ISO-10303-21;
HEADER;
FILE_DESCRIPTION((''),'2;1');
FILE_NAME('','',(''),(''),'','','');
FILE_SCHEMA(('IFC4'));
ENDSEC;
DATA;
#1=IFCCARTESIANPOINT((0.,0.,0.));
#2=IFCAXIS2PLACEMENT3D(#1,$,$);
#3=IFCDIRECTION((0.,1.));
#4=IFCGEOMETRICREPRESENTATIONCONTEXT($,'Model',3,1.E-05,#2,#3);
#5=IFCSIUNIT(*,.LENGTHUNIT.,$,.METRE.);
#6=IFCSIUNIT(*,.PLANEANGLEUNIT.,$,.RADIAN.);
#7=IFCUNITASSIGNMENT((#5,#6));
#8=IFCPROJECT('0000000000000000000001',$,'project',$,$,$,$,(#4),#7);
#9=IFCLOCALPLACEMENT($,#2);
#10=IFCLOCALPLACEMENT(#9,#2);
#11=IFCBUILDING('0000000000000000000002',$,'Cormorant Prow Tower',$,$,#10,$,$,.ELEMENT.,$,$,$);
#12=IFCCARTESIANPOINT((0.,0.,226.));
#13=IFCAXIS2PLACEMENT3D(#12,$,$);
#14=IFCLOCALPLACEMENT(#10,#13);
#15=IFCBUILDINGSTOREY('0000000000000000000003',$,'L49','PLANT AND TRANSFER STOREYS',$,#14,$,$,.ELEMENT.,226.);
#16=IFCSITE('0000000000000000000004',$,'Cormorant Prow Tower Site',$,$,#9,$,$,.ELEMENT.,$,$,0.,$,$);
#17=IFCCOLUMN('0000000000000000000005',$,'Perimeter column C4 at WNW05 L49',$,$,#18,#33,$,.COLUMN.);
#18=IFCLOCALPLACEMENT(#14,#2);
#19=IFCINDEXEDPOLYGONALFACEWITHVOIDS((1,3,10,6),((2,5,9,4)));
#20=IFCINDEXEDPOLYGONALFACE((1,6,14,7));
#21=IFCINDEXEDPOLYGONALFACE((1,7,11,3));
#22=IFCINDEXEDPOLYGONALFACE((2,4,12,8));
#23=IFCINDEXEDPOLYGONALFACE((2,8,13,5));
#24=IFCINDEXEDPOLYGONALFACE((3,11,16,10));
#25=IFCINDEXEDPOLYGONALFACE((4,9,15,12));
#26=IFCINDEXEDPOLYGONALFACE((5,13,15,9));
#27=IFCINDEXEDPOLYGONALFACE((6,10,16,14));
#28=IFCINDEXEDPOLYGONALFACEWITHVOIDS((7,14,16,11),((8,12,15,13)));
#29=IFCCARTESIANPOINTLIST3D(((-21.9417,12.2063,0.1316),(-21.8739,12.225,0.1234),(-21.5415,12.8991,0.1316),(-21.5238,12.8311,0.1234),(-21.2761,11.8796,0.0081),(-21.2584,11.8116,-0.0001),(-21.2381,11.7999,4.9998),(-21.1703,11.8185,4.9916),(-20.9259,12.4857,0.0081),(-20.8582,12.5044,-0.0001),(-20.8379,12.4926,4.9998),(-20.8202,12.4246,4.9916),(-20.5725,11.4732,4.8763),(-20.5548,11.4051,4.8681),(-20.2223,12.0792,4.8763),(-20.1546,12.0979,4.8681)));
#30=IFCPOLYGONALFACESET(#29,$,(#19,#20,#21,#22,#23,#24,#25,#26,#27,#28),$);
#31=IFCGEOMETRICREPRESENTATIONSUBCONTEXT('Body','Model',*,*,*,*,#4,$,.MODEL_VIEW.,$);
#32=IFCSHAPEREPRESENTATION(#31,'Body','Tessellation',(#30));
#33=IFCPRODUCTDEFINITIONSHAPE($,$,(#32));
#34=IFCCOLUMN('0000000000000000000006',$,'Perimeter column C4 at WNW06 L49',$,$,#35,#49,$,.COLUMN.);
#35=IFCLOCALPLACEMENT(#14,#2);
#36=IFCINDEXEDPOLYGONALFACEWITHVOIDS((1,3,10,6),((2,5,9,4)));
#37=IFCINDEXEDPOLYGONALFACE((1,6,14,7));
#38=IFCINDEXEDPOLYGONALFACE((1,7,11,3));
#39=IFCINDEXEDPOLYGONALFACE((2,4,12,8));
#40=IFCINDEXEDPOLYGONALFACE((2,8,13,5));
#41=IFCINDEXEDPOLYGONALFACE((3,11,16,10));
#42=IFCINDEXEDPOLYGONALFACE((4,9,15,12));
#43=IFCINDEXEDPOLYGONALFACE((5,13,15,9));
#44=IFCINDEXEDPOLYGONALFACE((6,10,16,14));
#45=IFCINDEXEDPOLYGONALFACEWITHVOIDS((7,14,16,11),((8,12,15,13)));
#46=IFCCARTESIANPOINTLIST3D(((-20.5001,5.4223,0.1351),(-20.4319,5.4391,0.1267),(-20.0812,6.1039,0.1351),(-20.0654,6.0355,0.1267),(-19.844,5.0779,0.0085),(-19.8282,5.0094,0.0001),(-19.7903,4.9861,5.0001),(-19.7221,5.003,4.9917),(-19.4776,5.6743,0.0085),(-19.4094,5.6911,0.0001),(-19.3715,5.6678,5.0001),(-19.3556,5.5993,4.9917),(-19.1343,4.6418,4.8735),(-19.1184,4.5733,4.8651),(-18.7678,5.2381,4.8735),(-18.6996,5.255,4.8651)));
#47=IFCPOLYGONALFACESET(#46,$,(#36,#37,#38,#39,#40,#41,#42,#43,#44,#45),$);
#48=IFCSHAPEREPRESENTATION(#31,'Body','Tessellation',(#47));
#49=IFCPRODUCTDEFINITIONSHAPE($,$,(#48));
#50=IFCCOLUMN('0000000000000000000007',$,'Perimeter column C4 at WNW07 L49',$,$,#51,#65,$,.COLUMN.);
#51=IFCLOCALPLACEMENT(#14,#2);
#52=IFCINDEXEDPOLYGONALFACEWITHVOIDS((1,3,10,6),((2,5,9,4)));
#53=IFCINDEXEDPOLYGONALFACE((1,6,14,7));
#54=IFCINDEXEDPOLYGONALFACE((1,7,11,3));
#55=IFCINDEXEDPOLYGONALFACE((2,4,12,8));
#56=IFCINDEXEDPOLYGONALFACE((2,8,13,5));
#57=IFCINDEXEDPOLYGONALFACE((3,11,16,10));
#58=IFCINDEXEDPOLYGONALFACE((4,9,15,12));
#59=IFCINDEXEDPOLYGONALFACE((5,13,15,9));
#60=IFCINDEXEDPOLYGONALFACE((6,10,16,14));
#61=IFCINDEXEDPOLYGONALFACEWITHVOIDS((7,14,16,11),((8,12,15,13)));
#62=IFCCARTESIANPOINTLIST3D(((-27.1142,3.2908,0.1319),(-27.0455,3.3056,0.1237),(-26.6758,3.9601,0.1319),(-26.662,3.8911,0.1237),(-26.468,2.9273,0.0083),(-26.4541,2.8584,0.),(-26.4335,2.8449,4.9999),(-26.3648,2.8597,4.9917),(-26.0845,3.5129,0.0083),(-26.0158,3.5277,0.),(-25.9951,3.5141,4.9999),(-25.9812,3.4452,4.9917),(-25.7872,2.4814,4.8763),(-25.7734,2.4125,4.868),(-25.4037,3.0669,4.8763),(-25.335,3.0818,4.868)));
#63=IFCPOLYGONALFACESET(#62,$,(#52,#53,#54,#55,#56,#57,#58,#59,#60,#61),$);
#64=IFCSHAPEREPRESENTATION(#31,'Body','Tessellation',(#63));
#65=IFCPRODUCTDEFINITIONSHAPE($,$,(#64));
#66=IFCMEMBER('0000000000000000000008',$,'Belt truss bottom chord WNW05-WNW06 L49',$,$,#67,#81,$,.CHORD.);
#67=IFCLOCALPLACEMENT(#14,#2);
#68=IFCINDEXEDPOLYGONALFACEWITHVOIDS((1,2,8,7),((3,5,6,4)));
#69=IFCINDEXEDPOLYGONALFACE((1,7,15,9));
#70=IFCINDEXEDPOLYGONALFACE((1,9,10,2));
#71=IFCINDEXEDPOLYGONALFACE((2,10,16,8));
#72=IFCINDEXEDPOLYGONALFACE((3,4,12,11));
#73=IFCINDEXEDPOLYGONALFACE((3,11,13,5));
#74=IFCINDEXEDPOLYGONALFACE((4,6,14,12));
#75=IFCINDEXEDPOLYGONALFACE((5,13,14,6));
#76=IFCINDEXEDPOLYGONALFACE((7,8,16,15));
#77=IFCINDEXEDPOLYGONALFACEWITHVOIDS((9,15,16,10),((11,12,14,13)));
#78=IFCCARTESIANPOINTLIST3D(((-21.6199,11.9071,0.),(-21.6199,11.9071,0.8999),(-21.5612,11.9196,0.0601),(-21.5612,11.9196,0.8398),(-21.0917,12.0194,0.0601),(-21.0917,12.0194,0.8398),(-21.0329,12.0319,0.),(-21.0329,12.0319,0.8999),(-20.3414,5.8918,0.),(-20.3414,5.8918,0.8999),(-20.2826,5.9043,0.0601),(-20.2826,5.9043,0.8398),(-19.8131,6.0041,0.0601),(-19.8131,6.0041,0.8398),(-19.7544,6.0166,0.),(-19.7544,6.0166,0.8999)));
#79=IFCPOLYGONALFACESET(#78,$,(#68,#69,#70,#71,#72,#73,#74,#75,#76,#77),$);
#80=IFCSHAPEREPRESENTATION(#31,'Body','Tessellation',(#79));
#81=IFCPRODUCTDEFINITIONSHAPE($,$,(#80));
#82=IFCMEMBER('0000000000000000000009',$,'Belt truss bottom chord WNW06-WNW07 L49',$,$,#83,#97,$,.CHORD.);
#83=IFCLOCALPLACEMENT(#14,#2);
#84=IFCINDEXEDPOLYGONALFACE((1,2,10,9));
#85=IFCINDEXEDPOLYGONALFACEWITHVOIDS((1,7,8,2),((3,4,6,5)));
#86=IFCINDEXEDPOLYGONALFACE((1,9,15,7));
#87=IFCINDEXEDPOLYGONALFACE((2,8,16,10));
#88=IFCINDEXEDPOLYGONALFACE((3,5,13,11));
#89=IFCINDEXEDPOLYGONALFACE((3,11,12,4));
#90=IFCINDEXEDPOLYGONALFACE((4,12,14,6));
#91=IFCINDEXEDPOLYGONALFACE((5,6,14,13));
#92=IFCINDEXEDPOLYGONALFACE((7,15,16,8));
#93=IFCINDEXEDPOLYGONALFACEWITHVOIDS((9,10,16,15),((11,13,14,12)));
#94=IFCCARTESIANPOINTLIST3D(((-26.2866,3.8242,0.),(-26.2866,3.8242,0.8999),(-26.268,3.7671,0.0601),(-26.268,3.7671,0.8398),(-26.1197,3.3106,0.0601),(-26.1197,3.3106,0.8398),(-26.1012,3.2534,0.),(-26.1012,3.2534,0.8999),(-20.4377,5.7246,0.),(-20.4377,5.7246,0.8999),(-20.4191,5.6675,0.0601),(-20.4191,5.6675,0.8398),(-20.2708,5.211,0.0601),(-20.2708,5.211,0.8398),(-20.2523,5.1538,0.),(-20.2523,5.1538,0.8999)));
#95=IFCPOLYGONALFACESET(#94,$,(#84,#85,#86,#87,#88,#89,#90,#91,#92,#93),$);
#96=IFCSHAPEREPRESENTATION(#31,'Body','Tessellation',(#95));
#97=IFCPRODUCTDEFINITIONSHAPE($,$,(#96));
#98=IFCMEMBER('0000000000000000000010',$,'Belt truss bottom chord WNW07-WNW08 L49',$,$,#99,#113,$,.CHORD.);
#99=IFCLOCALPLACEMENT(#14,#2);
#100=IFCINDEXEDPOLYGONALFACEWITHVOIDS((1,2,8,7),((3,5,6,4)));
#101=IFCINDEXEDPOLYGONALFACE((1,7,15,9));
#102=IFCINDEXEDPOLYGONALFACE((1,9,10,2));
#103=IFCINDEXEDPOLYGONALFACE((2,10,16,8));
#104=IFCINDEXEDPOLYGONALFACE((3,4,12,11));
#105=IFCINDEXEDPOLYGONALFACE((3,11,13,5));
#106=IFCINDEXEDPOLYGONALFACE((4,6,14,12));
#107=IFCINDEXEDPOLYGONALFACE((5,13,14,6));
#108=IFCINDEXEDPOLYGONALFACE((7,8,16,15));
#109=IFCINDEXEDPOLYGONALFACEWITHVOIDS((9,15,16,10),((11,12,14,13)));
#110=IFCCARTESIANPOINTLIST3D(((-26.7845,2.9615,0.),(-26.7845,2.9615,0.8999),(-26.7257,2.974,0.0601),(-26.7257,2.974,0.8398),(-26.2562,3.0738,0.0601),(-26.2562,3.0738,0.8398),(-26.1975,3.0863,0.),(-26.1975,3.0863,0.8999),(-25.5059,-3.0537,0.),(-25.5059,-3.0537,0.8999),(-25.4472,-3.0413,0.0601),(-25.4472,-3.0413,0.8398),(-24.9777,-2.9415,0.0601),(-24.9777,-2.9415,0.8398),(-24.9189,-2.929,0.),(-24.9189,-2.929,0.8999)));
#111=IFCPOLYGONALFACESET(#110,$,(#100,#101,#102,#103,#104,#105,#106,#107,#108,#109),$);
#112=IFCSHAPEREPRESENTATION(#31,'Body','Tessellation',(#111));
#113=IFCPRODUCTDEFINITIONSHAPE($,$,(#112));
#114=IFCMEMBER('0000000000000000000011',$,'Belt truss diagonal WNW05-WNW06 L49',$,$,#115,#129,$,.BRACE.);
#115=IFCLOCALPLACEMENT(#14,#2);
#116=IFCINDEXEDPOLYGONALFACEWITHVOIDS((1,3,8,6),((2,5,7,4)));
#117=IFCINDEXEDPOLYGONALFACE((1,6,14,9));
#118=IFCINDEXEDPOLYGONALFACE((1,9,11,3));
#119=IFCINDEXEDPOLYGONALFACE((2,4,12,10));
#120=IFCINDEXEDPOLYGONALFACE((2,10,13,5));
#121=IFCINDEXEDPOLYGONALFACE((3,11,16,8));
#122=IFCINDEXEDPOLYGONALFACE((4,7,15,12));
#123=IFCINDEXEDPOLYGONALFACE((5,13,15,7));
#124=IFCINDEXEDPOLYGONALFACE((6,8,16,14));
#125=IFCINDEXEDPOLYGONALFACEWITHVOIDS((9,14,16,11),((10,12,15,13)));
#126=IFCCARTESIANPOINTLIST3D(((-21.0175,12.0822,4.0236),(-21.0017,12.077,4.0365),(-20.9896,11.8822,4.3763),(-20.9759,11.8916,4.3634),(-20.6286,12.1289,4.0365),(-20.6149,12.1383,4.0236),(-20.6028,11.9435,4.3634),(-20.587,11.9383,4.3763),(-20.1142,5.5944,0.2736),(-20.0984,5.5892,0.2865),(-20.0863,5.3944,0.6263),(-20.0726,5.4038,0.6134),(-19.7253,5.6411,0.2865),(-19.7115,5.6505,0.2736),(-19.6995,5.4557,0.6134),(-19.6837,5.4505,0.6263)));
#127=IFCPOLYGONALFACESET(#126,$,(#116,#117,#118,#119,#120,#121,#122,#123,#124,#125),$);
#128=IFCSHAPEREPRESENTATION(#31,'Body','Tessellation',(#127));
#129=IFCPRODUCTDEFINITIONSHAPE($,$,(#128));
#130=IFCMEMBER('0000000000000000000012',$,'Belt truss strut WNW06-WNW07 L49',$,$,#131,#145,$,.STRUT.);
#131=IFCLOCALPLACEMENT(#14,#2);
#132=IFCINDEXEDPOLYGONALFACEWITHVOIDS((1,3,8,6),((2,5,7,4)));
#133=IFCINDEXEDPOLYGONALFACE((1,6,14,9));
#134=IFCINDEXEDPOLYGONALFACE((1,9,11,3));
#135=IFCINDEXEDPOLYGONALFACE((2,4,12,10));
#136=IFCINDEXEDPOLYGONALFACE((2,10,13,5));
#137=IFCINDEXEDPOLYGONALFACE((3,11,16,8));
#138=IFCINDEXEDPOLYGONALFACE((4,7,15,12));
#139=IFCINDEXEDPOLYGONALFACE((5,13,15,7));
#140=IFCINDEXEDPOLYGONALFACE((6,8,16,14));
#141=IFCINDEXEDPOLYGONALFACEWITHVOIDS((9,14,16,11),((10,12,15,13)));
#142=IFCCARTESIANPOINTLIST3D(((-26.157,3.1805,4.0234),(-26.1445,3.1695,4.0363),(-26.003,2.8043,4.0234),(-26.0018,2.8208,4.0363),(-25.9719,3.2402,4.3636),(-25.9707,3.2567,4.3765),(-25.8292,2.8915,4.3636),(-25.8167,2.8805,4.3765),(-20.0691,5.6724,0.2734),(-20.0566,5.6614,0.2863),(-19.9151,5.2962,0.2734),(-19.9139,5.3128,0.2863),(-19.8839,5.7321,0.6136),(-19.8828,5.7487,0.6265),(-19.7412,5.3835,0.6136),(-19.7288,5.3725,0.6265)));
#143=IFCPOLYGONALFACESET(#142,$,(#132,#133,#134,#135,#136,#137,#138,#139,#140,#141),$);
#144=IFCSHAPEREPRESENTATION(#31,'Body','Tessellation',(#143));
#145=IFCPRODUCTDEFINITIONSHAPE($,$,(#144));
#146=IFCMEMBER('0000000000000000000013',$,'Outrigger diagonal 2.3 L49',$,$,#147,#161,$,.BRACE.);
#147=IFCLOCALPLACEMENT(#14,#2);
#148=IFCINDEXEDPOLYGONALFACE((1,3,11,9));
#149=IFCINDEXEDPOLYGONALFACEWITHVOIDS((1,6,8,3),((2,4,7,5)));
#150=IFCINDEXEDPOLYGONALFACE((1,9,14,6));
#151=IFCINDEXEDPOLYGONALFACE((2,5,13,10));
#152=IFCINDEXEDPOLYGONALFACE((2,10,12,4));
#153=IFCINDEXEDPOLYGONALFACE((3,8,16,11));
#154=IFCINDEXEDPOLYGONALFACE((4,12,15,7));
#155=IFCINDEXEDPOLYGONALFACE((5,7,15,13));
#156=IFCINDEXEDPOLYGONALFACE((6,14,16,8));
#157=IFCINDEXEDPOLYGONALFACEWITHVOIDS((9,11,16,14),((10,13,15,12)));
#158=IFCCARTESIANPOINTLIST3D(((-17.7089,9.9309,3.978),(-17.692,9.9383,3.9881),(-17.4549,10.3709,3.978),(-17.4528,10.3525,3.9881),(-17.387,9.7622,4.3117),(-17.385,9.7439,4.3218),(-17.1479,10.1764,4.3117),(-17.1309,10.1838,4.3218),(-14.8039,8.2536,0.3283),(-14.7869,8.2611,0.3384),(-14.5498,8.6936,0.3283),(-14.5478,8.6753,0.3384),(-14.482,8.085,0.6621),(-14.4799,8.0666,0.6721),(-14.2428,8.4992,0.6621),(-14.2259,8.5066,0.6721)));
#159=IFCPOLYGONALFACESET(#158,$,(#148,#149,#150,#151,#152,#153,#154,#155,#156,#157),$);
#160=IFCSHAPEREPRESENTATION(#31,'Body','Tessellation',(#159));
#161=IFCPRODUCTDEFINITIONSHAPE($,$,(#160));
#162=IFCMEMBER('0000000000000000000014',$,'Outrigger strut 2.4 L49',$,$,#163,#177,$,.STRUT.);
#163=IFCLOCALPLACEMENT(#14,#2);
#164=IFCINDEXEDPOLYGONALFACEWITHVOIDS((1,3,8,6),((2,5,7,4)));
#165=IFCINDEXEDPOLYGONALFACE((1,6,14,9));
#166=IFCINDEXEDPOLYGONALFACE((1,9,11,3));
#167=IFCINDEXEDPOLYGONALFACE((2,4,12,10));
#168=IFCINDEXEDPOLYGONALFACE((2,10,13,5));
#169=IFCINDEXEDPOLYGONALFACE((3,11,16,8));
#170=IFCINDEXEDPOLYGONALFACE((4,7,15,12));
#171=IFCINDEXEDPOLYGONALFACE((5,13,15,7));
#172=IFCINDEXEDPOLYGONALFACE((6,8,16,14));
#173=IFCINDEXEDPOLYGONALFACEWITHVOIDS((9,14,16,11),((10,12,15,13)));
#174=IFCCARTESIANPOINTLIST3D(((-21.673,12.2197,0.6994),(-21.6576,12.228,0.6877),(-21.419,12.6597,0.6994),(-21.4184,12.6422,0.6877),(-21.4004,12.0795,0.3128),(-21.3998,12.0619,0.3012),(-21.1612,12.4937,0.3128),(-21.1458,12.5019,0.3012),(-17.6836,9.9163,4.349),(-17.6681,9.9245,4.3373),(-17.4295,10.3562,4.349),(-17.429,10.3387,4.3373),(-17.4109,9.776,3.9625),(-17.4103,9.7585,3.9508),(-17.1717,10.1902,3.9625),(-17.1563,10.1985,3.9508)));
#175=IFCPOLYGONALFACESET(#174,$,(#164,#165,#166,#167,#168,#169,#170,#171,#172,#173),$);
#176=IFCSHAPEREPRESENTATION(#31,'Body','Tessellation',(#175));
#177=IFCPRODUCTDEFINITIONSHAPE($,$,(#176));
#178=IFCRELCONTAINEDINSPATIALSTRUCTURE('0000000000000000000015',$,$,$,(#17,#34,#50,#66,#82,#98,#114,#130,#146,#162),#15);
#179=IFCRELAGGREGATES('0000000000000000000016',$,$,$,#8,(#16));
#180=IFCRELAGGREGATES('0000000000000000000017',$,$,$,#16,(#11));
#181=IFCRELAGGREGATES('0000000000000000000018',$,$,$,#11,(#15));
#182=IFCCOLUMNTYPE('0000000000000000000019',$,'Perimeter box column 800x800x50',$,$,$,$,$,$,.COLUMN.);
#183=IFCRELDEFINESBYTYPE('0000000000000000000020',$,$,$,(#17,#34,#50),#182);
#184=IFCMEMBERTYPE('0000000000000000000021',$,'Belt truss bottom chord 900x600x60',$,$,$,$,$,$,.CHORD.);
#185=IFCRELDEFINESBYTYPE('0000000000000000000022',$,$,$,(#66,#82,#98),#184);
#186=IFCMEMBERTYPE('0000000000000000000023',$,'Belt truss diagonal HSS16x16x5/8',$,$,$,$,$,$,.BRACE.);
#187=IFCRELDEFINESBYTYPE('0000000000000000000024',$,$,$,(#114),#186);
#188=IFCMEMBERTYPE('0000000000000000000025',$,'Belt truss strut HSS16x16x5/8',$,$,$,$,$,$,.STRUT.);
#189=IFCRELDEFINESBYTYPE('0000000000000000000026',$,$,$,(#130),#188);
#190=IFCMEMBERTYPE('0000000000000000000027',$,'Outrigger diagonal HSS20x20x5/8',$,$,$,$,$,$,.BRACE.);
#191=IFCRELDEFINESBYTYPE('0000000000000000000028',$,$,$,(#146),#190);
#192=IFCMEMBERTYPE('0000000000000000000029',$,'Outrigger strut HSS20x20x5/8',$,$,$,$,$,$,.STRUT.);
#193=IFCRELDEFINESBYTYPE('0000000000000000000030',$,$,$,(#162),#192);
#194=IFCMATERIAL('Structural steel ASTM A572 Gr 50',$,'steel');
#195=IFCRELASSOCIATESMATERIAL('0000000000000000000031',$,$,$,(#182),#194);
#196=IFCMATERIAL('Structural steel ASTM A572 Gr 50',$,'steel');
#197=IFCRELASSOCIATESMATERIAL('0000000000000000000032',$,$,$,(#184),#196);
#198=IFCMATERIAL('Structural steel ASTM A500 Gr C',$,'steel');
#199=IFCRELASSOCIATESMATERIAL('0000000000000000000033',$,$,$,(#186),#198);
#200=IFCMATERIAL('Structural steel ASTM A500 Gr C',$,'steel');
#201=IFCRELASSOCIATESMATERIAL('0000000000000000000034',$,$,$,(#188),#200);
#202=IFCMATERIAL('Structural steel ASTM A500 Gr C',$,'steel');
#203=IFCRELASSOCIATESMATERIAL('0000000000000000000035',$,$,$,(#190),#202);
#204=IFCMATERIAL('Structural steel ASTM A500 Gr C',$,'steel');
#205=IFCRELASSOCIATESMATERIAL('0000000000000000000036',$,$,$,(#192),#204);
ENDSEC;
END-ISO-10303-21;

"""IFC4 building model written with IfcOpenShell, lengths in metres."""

from ifc_helpers import new_model, si_unit, direction, frame, origin, origin_2d, place, context, subcontext, project, spatial, hollow_rectangle, extrude, material, material_profile, profile_set, type_object, element, save


model = new_model("IFC4")

# Units and contexts
model_context = context("Model", 3, precision=1e-05, world=origin(), true_north=direction((0.0, 1.0)))
body_context = subcontext(model_context, "Body", "Model", "MODEL_VIEW")
ifc_project = project(units=[si_unit("LENGTHUNIT", "METRE"), si_unit("PLANEANGLEUNIT", "RADIAN")], contexts=[model_context])

# Site, building, storey
site_placement = place(None, origin())
site = spatial("IfcSite", under=ifc_project, at=site_placement, Name="Cormorant Prow Tower Site", CompositionType="ELEMENT", RefElevation=0.0)
building_placement = place(site_placement, origin())
building = spatial("IfcBuilding", under=site, at=building_placement, Name="Cormorant Prow Tower", CompositionType="ELEMENT")
storey_placement = place(building_placement, frame((0.0, 0.0, 226.0)))
storey = spatial("IfcBuildingStorey", under=building, at=storey_placement, Name="L49", Description="PLANT AND TRANSFER STOREYS", CompositionType="ELEMENT", Elevation=226.0)

# Columns
ifc_material_1 = material(Name="Structural steel ASTM A572 Gr 50", Category="steel")
ifc_material_profile_1 = material_profile(ifc_material_1, hollow_rectangle(XDim=0.8, YDim=0.8, WallThickness=0.05, at=origin_2d()), Name="Box 800x800x50")
ifc_profile_set_1 = profile_set([ifc_material_profile_1], Name="Structural steel ASTM A572 Gr 50")
column_type = type_object("IfcColumnType", Name="Perimeter box column 800x800x50", PredefinedType="COLUMN", material=ifc_profile_set_1)
column_1_placement = place(storey_placement, frame((-21.4094, 12.3608, 0.0), z_axis=(0.142559, -0.082357, 0.986354), x_axis=(0.500229, 0.865893, 0.0)))
element("IfcColumn", 1, at=column_1_placement, inside=storey, type_object=column_type, Name="Perimeter column C4 at WNW05 L49", PredefinedType="COLUMN", context=body_context, shape_type="SweptSolid", body=[
    extrude(hollow_rectangle(XDim=0.8, YDim=0.8, WallThickness=0.05, at=origin_2d()), frame((0.0, 0.0, 0.0667)), (0.0, 0.0, 1.0), 4.9355),
])
column_2_placement = place(storey_placement, frame((-19.9646, 5.5627, 0.0), z_axis=(0.143805, -0.088362, 0.985653), x_axis=(0.523525, 0.852011, 0.0)))
element("IfcColumn", 2, at=column_2_placement, inside=storey, type_object=column_type, Name="Perimeter column C4 at WNW06 L49", PredefinedType="COLUMN", context=body_context, shape_type="SweptSolid", body=[
    extrude(hollow_rectangle(XDim=0.8, YDim=0.8, WallThickness=0.05, at=origin_2d()), frame((0.0, 0.0, 0.0686)), (0.0, 0.0, 1.0), 4.9358),
])
column_3_placement = place(storey_placement, frame((-26.5742, 3.4153, 0.0), z_axis=(0.13793, -0.090348, 0.986313), x_axis=(0.547942, 0.836517, 0.0)))
element("IfcColumn", 3, at=column_3_placement, inside=storey, type_object=column_type, Name="Perimeter column C4 at WNW07 L49", PredefinedType="COLUMN", context=body_context, shape_type="SweptSolid", body=[
    extrude(hollow_rectangle(XDim=0.8, YDim=0.8, WallThickness=0.05, at=origin_2d()), frame((0.0, 0.0, 0.0669)), (0.0, 0.0, 1.0), 4.9355),
])

# Members
ifc_material_2 = material(Name="Structural steel ASTM A572 Gr 50", Category="steel")
ifc_material_profile_2 = material_profile(ifc_material_2, hollow_rectangle(XDim=0.6001, YDim=0.8999, WallThickness=0.0601, at=origin_2d()), Name="Box 900x600x60")
ifc_profile_set_2 = profile_set([ifc_material_profile_2], Name="Structural steel ASTM A572 Gr 50")
member_type_1 = type_object("IfcMemberType", Name="Belt truss bottom chord 900x600x60", PredefinedType="CHORD", material=ifc_profile_set_2)
member_1_placement = place(storey_placement, frame((-21.3264, 11.9695, 0.45), z_axis=(0.207905, -0.978149, 0.0), x_axis=(0.978149, 0.207905, 0.0)))
element("IfcMember", 4, at=member_1_placement, inside=storey, type_object=member_type_1, Name="Belt truss bottom chord WNW05-WNW06 L49", PredefinedType="CHORD", context=body_context, shape_type="SweptSolid", body=[
    extrude(hollow_rectangle(XDim=0.6001, YDim=0.8999, WallThickness=0.0601, at=origin_2d()), origin(), (0.0, 0.0, 1.0), 6.1497),
])
member_2_placement = place(storey_placement, frame((-20.345, 5.4392, 0.45), z_axis=(-0.951058, -0.309013, 0.0), x_axis=(0.309013, -0.951058, 0.0)))
element("IfcMember", 5, at=member_2_placement, inside=storey, type_object=member_type_1, Name="Belt truss bottom chord WNW06-WNW07 L49", PredefinedType="CHORD", context=body_context, shape_type="SweptSolid", body=[
    extrude(hollow_rectangle(XDim=0.6001, YDim=0.8999, WallThickness=0.0601, at=origin_2d()), origin(), (0.0, 0.0, 1.0), 6.1499),
])
member_3_placement = place(storey_placement, frame((-26.491, 3.0239, 0.45), z_axis=(0.207905, -0.978149, 0.0), x_axis=(0.978149, 0.207905, 0.0)))
element("IfcMember", 6, at=member_3_placement, inside=storey, type_object=member_type_1, Name="Belt truss bottom chord WNW07-WNW08 L49", PredefinedType="CHORD", context=body_context, shape_type="SweptSolid", body=[
    extrude(hollow_rectangle(XDim=0.6001, YDim=0.8999, WallThickness=0.0601, at=origin_2d()), origin(), (0.0, 0.0, 1.0), 6.1497),
])
ifc_material_3 = material(Name="Structural steel ASTM A500 Gr C", Category="steel")
ifc_material_profile_3 = material_profile(ifc_material_3, hollow_rectangle(XDim=0.4065, YDim=0.4065, WallThickness=0.0149, at=origin_2d()), Name="HSS16x16x5/8")
ifc_profile_set_3 = profile_set([ifc_material_profile_3], Name="Structural steel ASTM A500 Gr C")
member_type_2 = type_object("IfcMemberType", Name="Belt truss diagonal HSS16x16x5/8", PredefinedType="BRACE", material=ifc_profile_set_3)
member_4_placement = place(storey_placement, frame((-19.8989, 5.5225, 0.45), z_axis=(-0.119679, 0.859556, 0.496831), x_axis=(-0.990446, -0.137904, 0.0)))
element("IfcMember", 7, at=member_4_placement, inside=storey, type_object=member_type_2, Name="Belt truss diagonal WNW05-WNW06 L49", PredefinedType="BRACE", context=body_context, shape_type="SweptSolid", body=[
    extrude(hollow_rectangle(XDim=0.4065, YDim=0.4065, WallThickness=0.0149, at=origin_2d()), origin(), (0.0, 0.0, 1.0), 7.5479),
])
ifc_material_4 = material(Name="Structural steel ASTM A500 Gr C", Category="steel")
ifc_material_profile_4 = material_profile(ifc_material_4, hollow_rectangle(XDim=0.4065, YDim=0.4065, WallThickness=0.0149, at=origin_2d()), Name="HSS16x16x5/8")
ifc_profile_set_4 = profile_set([ifc_material_profile_4], Name="Structural steel ASTM A500 Gr C")
member_type_3 = type_object("IfcMemberType", Name="Belt truss strut HSS16x16x5/8", PredefinedType="STRUT", material=ifc_profile_set_4)
member_5_placement = place(storey_placement, frame((-19.8989, 5.5225, 0.45), z_axis=(-0.804004, -0.329101, 0.495248), x_axis=(0.378821, -0.92547, 0.0)))
element("IfcMember", 8, at=member_5_placement, inside=storey, type_object=member_type_3, Name="Belt truss strut WNW06-WNW07 L49", PredefinedType="STRUT", context=body_context, shape_type="SweptSolid", body=[
    extrude(hollow_rectangle(XDim=0.4065, YDim=0.4065, WallThickness=0.0149, at=origin_2d()), origin(), (0.0, 0.0, 1.0), 7.572),
])
ifc_material_5 = material(Name="Structural steel ASTM A500 Gr C", Category="steel")
ifc_material_profile_5 = material_profile(ifc_material_5, hollow_rectangle(XDim=0.5081, YDim=0.5081, WallThickness=0.0149, at=origin_2d()), Name="HSS20x20x5/8")
ifc_profile_set_5 = profile_set([ifc_material_profile_5], Name="Structural steel ASTM A500 Gr C")
member_type_4 = type_object("IfcMemberType", Name="Outrigger diagonal HSS20x20x5/8", PredefinedType="BRACE", material=ifc_profile_set_5)
member_6_placement = place(storey_placement, frame((-14.5149, 8.3801, 0.5002), z_axis=(-0.58604, 0.338356, 0.736256), x_axis=(-0.500006, -0.866022, 0.0)))
element("IfcMember", 9, at=member_6_placement, inside=storey, type_object=member_type_4, Name="Outrigger diagonal 2.3 L49", PredefinedType="BRACE", context=body_context, shape_type="SweptSolid", body=[
    extrude(hollow_rectangle(XDim=0.5081, YDim=0.5081, WallThickness=0.0149, at=origin_2d()), origin(), (0.0, 0.0, 1.0), 4.957),
])
ifc_material_6 = material(Name="Structural steel ASTM A500 Gr C", Category="steel")
ifc_material_profile_6 = material_profile(ifc_material_6, hollow_rectangle(XDim=0.5081, YDim=0.5081, WallThickness=0.0149, at=origin_2d()), Name="HSS20x20x5/8")
ifc_profile_set_6 = profile_set([ifc_material_profile_6], Name="Structural steel ASTM A500 Gr C")
member_type_5 = type_object("IfcMemberType", Name="Outrigger strut HSS20x20x5/8", PredefinedType="STRUT", material=ifc_profile_set_6)
member_7_placement = place(storey_placement, frame((-17.4199, 10.0574, 4.1499), z_axis=(-0.678804, 0.391929, -0.62098), x_axis=(-0.500021, -0.866013, 0.0)))
element("IfcMember", 10, at=member_7_placement, inside=storey, type_object=member_type_5, Name="Outrigger strut 2.4 L49", PredefinedType="STRUT", context=body_context, shape_type="SweptSolid", body=[
    extrude(hollow_rectangle(XDim=0.5081, YDim=0.5081, WallThickness=0.0149, at=origin_2d()), origin(), (0.0, 0.0, 1.0), 5.8772),
])

save(model, "model.ifc")
